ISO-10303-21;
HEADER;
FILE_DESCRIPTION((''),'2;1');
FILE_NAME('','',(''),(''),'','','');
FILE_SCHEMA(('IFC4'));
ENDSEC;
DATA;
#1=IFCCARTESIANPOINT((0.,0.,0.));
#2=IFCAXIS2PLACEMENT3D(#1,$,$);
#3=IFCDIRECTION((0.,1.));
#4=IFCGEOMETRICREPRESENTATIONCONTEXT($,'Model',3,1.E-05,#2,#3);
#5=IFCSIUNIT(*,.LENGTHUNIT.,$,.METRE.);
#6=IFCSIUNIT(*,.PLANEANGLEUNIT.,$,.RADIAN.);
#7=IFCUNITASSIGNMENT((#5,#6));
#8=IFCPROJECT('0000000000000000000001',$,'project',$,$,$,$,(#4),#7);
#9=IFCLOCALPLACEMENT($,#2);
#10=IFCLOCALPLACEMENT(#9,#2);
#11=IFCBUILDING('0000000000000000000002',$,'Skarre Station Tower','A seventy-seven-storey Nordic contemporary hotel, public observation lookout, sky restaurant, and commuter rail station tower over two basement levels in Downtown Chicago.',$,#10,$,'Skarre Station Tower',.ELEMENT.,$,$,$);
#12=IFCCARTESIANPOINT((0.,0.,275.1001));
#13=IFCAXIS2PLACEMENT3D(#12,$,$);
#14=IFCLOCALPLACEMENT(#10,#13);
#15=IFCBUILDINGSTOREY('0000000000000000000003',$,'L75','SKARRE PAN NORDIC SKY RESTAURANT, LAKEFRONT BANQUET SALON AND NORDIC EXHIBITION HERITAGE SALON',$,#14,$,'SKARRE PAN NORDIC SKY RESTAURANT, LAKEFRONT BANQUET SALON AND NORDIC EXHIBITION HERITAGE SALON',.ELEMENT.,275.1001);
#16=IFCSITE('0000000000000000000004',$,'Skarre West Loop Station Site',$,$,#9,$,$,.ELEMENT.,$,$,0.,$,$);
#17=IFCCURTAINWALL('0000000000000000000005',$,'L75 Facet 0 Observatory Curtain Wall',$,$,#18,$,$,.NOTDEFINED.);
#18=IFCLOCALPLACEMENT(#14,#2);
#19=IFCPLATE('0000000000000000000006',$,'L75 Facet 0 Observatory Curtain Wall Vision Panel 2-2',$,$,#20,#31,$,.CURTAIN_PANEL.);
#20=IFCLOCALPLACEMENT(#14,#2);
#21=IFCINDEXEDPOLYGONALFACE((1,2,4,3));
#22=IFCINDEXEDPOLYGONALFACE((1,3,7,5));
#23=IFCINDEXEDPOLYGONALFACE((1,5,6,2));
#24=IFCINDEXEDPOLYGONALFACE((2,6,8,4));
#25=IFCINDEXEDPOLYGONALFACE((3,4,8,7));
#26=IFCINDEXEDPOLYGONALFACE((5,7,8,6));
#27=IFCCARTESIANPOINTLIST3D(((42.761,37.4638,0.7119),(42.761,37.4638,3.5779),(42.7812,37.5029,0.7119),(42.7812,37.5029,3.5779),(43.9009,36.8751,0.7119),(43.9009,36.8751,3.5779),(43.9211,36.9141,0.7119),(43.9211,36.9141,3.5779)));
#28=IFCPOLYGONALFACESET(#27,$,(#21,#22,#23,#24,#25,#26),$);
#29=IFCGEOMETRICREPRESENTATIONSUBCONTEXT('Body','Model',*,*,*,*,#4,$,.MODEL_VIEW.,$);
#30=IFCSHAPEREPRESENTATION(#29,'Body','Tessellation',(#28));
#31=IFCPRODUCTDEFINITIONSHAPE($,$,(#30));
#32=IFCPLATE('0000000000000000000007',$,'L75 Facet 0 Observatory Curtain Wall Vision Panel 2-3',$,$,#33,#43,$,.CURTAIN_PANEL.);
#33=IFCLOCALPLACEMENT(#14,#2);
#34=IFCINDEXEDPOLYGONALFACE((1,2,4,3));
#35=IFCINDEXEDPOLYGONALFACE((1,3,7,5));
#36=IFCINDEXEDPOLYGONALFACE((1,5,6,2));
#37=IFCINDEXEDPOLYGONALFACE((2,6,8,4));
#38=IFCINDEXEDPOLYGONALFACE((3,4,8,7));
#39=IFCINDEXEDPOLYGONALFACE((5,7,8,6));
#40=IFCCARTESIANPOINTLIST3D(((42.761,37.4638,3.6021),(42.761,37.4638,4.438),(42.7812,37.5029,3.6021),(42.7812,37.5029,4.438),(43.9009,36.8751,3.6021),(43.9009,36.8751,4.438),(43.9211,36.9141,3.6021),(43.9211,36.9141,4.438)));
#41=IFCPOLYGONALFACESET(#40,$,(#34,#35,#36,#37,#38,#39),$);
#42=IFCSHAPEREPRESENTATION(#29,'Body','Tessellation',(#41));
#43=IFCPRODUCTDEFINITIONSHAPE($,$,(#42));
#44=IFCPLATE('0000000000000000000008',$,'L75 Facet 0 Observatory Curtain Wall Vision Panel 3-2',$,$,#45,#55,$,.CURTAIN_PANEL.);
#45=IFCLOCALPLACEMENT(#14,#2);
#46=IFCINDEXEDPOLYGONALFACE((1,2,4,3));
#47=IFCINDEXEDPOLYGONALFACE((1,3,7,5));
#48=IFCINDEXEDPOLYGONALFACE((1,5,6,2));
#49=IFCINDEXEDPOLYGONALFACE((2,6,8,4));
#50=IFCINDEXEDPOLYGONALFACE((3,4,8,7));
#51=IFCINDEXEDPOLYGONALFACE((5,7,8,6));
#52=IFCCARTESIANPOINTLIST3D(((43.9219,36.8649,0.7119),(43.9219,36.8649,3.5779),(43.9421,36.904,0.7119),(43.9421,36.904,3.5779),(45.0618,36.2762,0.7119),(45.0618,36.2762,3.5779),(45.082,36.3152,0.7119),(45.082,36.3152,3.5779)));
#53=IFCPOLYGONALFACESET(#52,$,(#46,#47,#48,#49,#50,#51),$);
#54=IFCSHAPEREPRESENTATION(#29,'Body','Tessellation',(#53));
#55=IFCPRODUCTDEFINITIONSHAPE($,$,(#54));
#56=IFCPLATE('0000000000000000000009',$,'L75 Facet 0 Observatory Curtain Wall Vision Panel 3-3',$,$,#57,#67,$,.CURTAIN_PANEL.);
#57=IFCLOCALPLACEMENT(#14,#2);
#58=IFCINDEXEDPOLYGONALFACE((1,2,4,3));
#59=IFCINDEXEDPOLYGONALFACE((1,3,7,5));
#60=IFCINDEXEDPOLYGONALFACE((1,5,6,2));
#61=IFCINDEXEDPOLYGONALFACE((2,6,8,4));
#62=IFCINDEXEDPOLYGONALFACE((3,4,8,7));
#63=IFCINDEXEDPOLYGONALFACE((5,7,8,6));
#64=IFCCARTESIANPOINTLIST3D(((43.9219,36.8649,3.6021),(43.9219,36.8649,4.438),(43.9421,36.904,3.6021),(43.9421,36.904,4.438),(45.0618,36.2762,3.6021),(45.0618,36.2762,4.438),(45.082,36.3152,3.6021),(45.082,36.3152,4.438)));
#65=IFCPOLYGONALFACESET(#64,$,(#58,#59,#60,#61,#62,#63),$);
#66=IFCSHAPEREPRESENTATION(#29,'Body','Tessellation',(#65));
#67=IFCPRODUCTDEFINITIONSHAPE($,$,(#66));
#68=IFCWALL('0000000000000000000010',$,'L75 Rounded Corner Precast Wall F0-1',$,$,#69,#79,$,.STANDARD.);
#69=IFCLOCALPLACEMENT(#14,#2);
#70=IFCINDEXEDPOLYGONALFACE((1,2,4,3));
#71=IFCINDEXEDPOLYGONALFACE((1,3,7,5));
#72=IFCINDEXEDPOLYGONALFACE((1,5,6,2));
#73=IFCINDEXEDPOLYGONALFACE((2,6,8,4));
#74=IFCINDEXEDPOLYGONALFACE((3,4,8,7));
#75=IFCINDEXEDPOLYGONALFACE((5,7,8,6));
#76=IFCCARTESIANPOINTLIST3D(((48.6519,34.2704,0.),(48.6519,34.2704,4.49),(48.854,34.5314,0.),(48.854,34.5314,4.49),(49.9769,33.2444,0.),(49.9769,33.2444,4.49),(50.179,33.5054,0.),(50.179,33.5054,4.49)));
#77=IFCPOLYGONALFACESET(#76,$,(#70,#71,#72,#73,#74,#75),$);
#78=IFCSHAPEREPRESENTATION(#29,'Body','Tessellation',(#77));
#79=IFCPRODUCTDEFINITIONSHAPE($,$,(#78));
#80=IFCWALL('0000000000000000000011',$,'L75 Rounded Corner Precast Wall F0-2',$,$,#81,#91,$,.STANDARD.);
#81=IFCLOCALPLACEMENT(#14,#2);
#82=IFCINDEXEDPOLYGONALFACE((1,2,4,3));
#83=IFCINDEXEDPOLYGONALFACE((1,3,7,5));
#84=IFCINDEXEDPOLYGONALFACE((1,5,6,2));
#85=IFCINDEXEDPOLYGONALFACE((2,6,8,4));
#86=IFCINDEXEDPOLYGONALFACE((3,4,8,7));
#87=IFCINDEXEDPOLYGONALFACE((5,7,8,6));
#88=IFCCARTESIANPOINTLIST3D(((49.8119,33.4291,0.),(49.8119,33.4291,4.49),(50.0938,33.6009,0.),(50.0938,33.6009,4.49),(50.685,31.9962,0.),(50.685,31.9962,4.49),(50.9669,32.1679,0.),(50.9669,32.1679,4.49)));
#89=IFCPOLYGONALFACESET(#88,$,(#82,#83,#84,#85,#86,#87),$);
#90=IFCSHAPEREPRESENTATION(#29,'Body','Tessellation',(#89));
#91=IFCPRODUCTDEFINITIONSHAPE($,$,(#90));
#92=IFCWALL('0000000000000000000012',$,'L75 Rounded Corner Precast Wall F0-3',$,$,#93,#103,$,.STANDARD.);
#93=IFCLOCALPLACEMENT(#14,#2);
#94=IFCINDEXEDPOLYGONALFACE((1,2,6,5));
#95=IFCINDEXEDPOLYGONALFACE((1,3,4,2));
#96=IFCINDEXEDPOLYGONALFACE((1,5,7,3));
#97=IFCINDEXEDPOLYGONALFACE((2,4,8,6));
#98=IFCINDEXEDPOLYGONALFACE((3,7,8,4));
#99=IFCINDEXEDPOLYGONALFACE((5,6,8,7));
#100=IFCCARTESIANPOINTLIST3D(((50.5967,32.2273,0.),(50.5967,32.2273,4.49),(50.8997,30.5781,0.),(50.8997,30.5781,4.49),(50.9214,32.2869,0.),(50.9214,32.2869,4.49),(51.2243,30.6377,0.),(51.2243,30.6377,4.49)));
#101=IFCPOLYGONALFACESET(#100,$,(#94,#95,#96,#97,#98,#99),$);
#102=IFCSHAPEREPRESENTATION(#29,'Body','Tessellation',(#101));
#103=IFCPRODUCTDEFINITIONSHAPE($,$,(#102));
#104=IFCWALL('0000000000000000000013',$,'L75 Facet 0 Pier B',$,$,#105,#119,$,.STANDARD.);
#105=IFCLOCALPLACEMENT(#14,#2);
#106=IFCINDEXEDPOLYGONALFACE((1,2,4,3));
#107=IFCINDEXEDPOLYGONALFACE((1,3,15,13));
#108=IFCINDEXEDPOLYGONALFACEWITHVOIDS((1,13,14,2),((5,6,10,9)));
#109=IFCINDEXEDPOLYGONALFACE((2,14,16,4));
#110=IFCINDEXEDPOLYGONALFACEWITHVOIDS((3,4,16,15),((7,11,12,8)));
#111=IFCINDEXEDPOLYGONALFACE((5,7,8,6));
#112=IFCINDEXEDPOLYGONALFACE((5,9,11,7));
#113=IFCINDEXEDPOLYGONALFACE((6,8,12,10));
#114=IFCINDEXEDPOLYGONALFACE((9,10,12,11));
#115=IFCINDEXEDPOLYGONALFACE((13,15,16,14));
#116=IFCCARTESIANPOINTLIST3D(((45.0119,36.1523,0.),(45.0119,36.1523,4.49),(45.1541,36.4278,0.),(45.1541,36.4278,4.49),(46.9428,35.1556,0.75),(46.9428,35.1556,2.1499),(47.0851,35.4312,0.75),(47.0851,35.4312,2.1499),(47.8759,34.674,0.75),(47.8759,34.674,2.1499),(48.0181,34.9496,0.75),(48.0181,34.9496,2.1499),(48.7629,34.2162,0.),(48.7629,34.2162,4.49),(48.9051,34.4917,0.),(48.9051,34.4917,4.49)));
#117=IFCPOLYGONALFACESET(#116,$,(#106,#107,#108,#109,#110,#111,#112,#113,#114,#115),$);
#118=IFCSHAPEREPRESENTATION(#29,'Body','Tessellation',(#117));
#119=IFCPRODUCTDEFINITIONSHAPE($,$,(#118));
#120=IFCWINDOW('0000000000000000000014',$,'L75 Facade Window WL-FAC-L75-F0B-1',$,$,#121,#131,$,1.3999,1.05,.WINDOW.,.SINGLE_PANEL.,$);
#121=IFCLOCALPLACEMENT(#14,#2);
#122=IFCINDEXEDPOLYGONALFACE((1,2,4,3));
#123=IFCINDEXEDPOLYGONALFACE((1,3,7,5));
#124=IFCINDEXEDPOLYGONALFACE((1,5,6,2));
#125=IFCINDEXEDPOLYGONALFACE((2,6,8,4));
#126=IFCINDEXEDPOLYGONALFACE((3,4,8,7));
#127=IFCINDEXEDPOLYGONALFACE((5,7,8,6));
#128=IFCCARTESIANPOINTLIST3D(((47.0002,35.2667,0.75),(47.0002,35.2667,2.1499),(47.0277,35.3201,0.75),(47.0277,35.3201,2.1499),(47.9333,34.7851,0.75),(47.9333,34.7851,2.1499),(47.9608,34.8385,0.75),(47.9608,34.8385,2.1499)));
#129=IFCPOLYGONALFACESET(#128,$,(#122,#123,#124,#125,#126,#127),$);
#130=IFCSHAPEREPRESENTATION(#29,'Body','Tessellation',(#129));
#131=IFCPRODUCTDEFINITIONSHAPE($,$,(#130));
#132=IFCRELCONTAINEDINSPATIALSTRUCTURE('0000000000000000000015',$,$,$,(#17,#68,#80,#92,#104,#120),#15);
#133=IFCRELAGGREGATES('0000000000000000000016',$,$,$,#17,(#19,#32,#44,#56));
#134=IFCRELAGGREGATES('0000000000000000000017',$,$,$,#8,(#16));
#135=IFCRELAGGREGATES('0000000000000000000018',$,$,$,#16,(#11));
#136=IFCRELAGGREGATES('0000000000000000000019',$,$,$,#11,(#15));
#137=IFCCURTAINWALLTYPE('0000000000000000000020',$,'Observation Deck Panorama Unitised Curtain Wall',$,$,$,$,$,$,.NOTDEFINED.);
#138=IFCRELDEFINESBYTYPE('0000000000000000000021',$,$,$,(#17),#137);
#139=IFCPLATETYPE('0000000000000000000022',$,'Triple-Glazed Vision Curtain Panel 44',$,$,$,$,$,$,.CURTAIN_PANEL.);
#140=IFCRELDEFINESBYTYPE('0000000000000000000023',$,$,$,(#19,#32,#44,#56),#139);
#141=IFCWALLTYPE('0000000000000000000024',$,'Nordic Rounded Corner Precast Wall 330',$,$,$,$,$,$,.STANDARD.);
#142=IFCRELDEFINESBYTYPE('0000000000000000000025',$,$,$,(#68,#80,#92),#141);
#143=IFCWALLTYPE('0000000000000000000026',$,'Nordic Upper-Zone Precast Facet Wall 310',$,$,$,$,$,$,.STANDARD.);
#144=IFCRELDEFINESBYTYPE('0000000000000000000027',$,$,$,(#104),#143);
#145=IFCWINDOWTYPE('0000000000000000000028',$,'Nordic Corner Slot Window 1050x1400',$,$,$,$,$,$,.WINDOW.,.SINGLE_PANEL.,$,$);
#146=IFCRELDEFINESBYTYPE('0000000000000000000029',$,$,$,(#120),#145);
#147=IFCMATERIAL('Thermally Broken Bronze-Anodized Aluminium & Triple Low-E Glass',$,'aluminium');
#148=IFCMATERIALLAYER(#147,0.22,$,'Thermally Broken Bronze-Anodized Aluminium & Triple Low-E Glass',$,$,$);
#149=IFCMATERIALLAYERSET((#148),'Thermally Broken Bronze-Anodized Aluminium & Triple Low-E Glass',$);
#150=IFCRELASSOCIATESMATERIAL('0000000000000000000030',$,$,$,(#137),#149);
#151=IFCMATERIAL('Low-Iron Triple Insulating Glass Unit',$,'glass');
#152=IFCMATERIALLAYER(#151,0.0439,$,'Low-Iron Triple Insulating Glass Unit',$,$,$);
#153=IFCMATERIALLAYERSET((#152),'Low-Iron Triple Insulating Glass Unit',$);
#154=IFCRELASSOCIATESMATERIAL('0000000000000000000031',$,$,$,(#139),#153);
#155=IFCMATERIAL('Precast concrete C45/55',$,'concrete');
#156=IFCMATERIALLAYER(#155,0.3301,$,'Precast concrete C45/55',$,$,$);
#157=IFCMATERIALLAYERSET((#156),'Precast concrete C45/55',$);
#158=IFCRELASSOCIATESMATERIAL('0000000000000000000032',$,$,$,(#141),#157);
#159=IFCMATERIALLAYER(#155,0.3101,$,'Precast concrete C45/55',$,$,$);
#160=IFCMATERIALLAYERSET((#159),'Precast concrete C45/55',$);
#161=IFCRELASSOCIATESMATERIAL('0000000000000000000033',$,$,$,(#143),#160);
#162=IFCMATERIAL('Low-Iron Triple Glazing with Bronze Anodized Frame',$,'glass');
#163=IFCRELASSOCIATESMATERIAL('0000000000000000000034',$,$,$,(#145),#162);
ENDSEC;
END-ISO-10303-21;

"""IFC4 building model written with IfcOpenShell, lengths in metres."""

from ifc_helpers import new_model, si_unit, direction, frame, frame_2d, origin, origin_2d, place, context, subcontext, project, spatial, rectangle, extrude, material, layer, layer_set, type_object, element, fill, aggregate, save


model = new_model("IFC4")

# Units and contexts
model_context = context("Model", 3, precision=1e-05, world=origin(), true_north=direction((0.0, 1.0)))
body_context = subcontext(model_context, "Body", "Model", "MODEL_VIEW")
ifc_project = project(units=[si_unit("LENGTHUNIT", "METRE"), si_unit("PLANEANGLEUNIT", "RADIAN")], contexts=[model_context])

# Site, building, storey
site_placement = place(None, origin())
site = spatial("IfcSite", under=ifc_project, at=site_placement, Name="Skarre West Loop Station Site", CompositionType="ELEMENT", RefElevation=0.0)
building_placement = place(site_placement, origin())
building = spatial("IfcBuilding", under=site, at=building_placement, Name="Skarre Station Tower", Description="A seventy-seven-storey Nordic contemporary hotel, public observation lookout, sky restaurant, and commuter rail station tower over two basement levels in Downtown Chicago.", LongName="Skarre Station Tower", CompositionType="ELEMENT")
storey_placement = place(building_placement, frame((0.0, 0.0, 275.1001)))
storey = spatial("IfcBuildingStorey", under=building, at=storey_placement, Name="L75", Description="SKARRE PAN NORDIC SKY RESTAURANT, LAKEFRONT BANQUET SALON AND NORDIC EXHIBITION HERITAGE SALON", LongName="SKARRE PAN NORDIC SKY RESTAURANT, LAKEFRONT BANQUET SALON AND NORDIC EXHIBITION HERITAGE SALON", CompositionType="ELEMENT", Elevation=275.1001)

# Curtain wall
ifc_material_1 = material(Name="Thermally Broken Bronze-Anodized Aluminium & Triple Low-E Glass", Category="aluminium")
ifc_layer_1 = layer(ifc_material_1, 0.22, Name="Thermally Broken Bronze-Anodized Aluminium & Triple Low-E Glass")
ifc_layer_set_1 = layer_set([ifc_layer_1], Name="Thermally Broken Bronze-Anodized Aluminium & Triple Low-E Glass")
curtain_wall_type = type_object("IfcCurtainWallType", Name="Observation Deck Panorama Unitised Curtain Wall", PredefinedType="NOTDEFINED", material=ifc_layer_set_1)
curtain_wall_placement = place(storey_placement, origin())
curtain_wall = element("IfcCurtainWall", 1, at=curtain_wall_placement, inside=storey, type_object=curtain_wall_type, Name="L75 Facet 0 Observatory Curtain Wall", PredefinedType="NOTDEFINED")

# Plates
ifc_material_2 = material(Name="Low-Iron Triple Insulating Glass Unit", Category="glass")
ifc_layer_2 = layer(ifc_material_2, 0.0439, Name="Low-Iron Triple Insulating Glass Unit")
ifc_layer_set_2 = layer_set([ifc_layer_2], Name="Low-Iron Triple Insulating Glass Unit")
plate_type_1 = type_object("IfcPlateType", Name="Triple-Glazed Vision Curtain Panel 44", PredefinedType="CURTAIN_PANEL", material=ifc_layer_set_2)
plate_1_placement = place(storey_placement, frame((43.3411, 37.189, 0.7119), z_axis=(0.0, 0.0, 1.0), x_axis=(0.888481, -0.458913, 0.0)))
plate_1 = element("IfcPlate", 2, at=plate_1_placement, type_object=plate_type_1, Name="L75 Facet 0 Observatory Curtain Wall Vision Panel 2-2", PredefinedType="CURTAIN_PANEL", context=body_context, shape_type="SweptSolid", body=[
    extrude(rectangle(XDim=1.283, YDim=0.0439, at=origin_2d()), origin(), (0.0, 0.0, 1.0), 2.866),
])
plate_2_placement = place(storey_placement, frame((43.3411, 37.189, 3.6021), z_axis=(0.0, 0.0, 1.0), x_axis=(0.888481, -0.458913, 0.0)))
plate_2 = element("IfcPlate", 3, at=plate_2_placement, type_object=plate_type_1, Name="L75 Facet 0 Observatory Curtain Wall Vision Panel 2-3", PredefinedType="CURTAIN_PANEL", context=body_context, shape_type="SweptSolid", body=[
    extrude(rectangle(XDim=1.283, YDim=0.0439, at=origin_2d()), origin(), (0.0, 0.0, 1.0), 0.8359),
])
plate_3_placement = place(storey_placement, frame((44.502, 36.5901, 0.7119), z_axis=(0.0, 0.0, 1.0), x_axis=(0.888481, -0.458913, 0.0)))
plate_3 = element("IfcPlate", 4, at=plate_3_placement, type_object=plate_type_1, Name="L75 Facet 0 Observatory Curtain Wall Vision Panel 3-2", PredefinedType="CURTAIN_PANEL", context=body_context, shape_type="SweptSolid", body=[
    extrude(rectangle(XDim=1.283, YDim=0.0439, at=origin_2d()), origin(), (0.0, 0.0, 1.0), 2.866),
])
plate_4_placement = place(storey_placement, frame((44.502, 36.5901, 3.6021), z_axis=(0.0, 0.0, 1.0), x_axis=(0.888481, -0.458913, 0.0)))
plate_4 = element("IfcPlate", 5, at=plate_4_placement, type_object=plate_type_1, Name="L75 Facet 0 Observatory Curtain Wall Vision Panel 3-3", PredefinedType="CURTAIN_PANEL", context=body_context, shape_type="SweptSolid", body=[
    extrude(rectangle(XDim=1.283, YDim=0.0439, at=origin_2d()), origin(), (0.0, 0.0, 1.0), 0.8359),
])
aggregate(curtain_wall, [plate_1, plate_2, plate_3, plate_4])

# Walls
ifc_material_3 = material(Name="Precast concrete C45/55", Category="concrete")
ifc_layer_3 = layer(ifc_material_3, 0.3301, Name="Precast concrete C45/55")
ifc_layer_set_3 = layer_set([ifc_layer_3], Name="Precast concrete C45/55")
wall_type_1 = type_object("IfcWallType", Name="Nordic Rounded Corner Precast Wall 330", PredefinedType="STANDARD", material=ifc_layer_set_3)
wall_1_placement = place(storey_placement, frame((48.7529, 34.4009, 0.0), z_axis=(0.0, 0.0, 1.0), x_axis=(0.790692, -0.612214, 0.0)))
element("IfcWall", 6, at=wall_1_placement, inside=storey, type_object=wall_type_1, Name="L75 Rounded Corner Precast Wall F0-1", PredefinedType="STANDARD", context=body_context, shape_type="SweptSolid", body=[
    extrude(rectangle(XDim=1.6758, YDim=0.3301, at=frame_2d((0.8379, 0.0))), origin(), (0.0, 0.0, 1.0), 4.49),
])
wall_2_placement = place(storey_placement, frame((49.9529, 33.5149, 0.0), z_axis=(0.0, 0.0, 1.0), x_axis=(0.520325, -0.853968, 0.0)))
element("IfcWall", 7, at=wall_2_placement, inside=storey, type_object=wall_type_1, Name="L75 Rounded Corner Precast Wall F0-2", PredefinedType="STANDARD", context=body_context, shape_type="SweptSolid", body=[
    extrude(rectangle(XDim=1.678, YDim=0.3301, at=frame_2d((0.8389, 0.0))), origin(), (0.0, 0.0, 1.0), 4.49),
])
wall_3_placement = place(storey_placement, frame((50.759, 32.2571, 0.0), z_axis=(0.0, 0.0, 1.0), x_axis=(0.180692, -0.98354, 0.0)))
element("IfcWall", 8, at=wall_3_placement, inside=storey, type_object=wall_type_1, Name="L75 Rounded Corner Precast Wall F0-3", PredefinedType="STANDARD", context=body_context, shape_type="SweptSolid", body=[
    extrude(rectangle(XDim=1.6768, YDim=0.3301, at=frame_2d((0.8384, 0.0))), origin(), (0.0, 0.0, 1.0), 4.49),
])

# Wall, opening, window
ifc_layer_4 = layer(ifc_material_3, 0.3101, Name="Precast concrete C45/55")
ifc_layer_set_4 = layer_set([ifc_layer_4], Name="Precast concrete C45/55")
wall_type_2 = type_object("IfcWallType", Name="Nordic Upper-Zone Precast Facet Wall 310", PredefinedType="STANDARD", material=ifc_layer_set_4)
wall_4_placement = place(storey_placement, frame((45.083, 36.29, 0.0), z_axis=(0.0, 0.0, 1.0), x_axis=(0.888616, -0.458652, 0.0)))
wall_4 = element("IfcWall", 9, at=wall_4_placement, inside=storey, type_object=wall_type_2, Name="L75 Facet 0 Pier B", PredefinedType="STANDARD", context=body_context, shape_type="SweptSolid", body=[
    extrude(rectangle(XDim=4.2212, YDim=0.3101, at=frame_2d((2.1106, 0.0))), origin(), (0.0, 0.0, 1.0), 4.49),
])
opening_placement = place(wall_4_placement, frame((2.1731, 0.0, 0.75)))
opening = element("IfcOpeningElement", 10, at=opening_placement, cuts=wall_4, PredefinedType="OPENING", context=body_context, shape_type="SweptSolid", body=[
    extrude(rectangle(XDim=1.05, YDim=1.3999, at=frame_2d((0.5249, 0.7))), frame((0.0, 0.165, 0.0), z_axis=(0.0, -1.0, 0.0), x_axis=(1.0, 0.0, 0.0)), (0.0, 0.0, 1.0), 0.3301),
])
ifc_material_4 = material(Name="Low-Iron Triple Glazing with Bronze Anodized Frame", Category="glass")
window_type = type_object("IfcWindowType", Name="Nordic Corner Slot Window 1050x1400", PartitioningType="SINGLE_PANEL", PredefinedType="WINDOW", material=ifc_material_4)
window_placement = place(opening_placement, origin())
window = element("IfcWindow", 11, at=window_placement, inside=storey, type_object=window_type, Name="L75 Facade Window WL-FAC-L75-F0B-1", OverallHeight=1.3999, OverallWidth=1.05, PartitioningType="SINGLE_PANEL", PredefinedType="WINDOW", context=body_context, shape_type="SweptSolid", body=[
    extrude(rectangle(XDim=1.05, YDim=1.3999, at=frame_2d((0.5249, 0.7))), frame((0.0, 0.03, 0.0), z_axis=(0.0, -1.0, 0.0), x_axis=(1.0, 0.0, 0.0)), (0.0, 0.0, 1.0), 0.0601),
])
fill(opening, window)

save(model, "model.ifc")
